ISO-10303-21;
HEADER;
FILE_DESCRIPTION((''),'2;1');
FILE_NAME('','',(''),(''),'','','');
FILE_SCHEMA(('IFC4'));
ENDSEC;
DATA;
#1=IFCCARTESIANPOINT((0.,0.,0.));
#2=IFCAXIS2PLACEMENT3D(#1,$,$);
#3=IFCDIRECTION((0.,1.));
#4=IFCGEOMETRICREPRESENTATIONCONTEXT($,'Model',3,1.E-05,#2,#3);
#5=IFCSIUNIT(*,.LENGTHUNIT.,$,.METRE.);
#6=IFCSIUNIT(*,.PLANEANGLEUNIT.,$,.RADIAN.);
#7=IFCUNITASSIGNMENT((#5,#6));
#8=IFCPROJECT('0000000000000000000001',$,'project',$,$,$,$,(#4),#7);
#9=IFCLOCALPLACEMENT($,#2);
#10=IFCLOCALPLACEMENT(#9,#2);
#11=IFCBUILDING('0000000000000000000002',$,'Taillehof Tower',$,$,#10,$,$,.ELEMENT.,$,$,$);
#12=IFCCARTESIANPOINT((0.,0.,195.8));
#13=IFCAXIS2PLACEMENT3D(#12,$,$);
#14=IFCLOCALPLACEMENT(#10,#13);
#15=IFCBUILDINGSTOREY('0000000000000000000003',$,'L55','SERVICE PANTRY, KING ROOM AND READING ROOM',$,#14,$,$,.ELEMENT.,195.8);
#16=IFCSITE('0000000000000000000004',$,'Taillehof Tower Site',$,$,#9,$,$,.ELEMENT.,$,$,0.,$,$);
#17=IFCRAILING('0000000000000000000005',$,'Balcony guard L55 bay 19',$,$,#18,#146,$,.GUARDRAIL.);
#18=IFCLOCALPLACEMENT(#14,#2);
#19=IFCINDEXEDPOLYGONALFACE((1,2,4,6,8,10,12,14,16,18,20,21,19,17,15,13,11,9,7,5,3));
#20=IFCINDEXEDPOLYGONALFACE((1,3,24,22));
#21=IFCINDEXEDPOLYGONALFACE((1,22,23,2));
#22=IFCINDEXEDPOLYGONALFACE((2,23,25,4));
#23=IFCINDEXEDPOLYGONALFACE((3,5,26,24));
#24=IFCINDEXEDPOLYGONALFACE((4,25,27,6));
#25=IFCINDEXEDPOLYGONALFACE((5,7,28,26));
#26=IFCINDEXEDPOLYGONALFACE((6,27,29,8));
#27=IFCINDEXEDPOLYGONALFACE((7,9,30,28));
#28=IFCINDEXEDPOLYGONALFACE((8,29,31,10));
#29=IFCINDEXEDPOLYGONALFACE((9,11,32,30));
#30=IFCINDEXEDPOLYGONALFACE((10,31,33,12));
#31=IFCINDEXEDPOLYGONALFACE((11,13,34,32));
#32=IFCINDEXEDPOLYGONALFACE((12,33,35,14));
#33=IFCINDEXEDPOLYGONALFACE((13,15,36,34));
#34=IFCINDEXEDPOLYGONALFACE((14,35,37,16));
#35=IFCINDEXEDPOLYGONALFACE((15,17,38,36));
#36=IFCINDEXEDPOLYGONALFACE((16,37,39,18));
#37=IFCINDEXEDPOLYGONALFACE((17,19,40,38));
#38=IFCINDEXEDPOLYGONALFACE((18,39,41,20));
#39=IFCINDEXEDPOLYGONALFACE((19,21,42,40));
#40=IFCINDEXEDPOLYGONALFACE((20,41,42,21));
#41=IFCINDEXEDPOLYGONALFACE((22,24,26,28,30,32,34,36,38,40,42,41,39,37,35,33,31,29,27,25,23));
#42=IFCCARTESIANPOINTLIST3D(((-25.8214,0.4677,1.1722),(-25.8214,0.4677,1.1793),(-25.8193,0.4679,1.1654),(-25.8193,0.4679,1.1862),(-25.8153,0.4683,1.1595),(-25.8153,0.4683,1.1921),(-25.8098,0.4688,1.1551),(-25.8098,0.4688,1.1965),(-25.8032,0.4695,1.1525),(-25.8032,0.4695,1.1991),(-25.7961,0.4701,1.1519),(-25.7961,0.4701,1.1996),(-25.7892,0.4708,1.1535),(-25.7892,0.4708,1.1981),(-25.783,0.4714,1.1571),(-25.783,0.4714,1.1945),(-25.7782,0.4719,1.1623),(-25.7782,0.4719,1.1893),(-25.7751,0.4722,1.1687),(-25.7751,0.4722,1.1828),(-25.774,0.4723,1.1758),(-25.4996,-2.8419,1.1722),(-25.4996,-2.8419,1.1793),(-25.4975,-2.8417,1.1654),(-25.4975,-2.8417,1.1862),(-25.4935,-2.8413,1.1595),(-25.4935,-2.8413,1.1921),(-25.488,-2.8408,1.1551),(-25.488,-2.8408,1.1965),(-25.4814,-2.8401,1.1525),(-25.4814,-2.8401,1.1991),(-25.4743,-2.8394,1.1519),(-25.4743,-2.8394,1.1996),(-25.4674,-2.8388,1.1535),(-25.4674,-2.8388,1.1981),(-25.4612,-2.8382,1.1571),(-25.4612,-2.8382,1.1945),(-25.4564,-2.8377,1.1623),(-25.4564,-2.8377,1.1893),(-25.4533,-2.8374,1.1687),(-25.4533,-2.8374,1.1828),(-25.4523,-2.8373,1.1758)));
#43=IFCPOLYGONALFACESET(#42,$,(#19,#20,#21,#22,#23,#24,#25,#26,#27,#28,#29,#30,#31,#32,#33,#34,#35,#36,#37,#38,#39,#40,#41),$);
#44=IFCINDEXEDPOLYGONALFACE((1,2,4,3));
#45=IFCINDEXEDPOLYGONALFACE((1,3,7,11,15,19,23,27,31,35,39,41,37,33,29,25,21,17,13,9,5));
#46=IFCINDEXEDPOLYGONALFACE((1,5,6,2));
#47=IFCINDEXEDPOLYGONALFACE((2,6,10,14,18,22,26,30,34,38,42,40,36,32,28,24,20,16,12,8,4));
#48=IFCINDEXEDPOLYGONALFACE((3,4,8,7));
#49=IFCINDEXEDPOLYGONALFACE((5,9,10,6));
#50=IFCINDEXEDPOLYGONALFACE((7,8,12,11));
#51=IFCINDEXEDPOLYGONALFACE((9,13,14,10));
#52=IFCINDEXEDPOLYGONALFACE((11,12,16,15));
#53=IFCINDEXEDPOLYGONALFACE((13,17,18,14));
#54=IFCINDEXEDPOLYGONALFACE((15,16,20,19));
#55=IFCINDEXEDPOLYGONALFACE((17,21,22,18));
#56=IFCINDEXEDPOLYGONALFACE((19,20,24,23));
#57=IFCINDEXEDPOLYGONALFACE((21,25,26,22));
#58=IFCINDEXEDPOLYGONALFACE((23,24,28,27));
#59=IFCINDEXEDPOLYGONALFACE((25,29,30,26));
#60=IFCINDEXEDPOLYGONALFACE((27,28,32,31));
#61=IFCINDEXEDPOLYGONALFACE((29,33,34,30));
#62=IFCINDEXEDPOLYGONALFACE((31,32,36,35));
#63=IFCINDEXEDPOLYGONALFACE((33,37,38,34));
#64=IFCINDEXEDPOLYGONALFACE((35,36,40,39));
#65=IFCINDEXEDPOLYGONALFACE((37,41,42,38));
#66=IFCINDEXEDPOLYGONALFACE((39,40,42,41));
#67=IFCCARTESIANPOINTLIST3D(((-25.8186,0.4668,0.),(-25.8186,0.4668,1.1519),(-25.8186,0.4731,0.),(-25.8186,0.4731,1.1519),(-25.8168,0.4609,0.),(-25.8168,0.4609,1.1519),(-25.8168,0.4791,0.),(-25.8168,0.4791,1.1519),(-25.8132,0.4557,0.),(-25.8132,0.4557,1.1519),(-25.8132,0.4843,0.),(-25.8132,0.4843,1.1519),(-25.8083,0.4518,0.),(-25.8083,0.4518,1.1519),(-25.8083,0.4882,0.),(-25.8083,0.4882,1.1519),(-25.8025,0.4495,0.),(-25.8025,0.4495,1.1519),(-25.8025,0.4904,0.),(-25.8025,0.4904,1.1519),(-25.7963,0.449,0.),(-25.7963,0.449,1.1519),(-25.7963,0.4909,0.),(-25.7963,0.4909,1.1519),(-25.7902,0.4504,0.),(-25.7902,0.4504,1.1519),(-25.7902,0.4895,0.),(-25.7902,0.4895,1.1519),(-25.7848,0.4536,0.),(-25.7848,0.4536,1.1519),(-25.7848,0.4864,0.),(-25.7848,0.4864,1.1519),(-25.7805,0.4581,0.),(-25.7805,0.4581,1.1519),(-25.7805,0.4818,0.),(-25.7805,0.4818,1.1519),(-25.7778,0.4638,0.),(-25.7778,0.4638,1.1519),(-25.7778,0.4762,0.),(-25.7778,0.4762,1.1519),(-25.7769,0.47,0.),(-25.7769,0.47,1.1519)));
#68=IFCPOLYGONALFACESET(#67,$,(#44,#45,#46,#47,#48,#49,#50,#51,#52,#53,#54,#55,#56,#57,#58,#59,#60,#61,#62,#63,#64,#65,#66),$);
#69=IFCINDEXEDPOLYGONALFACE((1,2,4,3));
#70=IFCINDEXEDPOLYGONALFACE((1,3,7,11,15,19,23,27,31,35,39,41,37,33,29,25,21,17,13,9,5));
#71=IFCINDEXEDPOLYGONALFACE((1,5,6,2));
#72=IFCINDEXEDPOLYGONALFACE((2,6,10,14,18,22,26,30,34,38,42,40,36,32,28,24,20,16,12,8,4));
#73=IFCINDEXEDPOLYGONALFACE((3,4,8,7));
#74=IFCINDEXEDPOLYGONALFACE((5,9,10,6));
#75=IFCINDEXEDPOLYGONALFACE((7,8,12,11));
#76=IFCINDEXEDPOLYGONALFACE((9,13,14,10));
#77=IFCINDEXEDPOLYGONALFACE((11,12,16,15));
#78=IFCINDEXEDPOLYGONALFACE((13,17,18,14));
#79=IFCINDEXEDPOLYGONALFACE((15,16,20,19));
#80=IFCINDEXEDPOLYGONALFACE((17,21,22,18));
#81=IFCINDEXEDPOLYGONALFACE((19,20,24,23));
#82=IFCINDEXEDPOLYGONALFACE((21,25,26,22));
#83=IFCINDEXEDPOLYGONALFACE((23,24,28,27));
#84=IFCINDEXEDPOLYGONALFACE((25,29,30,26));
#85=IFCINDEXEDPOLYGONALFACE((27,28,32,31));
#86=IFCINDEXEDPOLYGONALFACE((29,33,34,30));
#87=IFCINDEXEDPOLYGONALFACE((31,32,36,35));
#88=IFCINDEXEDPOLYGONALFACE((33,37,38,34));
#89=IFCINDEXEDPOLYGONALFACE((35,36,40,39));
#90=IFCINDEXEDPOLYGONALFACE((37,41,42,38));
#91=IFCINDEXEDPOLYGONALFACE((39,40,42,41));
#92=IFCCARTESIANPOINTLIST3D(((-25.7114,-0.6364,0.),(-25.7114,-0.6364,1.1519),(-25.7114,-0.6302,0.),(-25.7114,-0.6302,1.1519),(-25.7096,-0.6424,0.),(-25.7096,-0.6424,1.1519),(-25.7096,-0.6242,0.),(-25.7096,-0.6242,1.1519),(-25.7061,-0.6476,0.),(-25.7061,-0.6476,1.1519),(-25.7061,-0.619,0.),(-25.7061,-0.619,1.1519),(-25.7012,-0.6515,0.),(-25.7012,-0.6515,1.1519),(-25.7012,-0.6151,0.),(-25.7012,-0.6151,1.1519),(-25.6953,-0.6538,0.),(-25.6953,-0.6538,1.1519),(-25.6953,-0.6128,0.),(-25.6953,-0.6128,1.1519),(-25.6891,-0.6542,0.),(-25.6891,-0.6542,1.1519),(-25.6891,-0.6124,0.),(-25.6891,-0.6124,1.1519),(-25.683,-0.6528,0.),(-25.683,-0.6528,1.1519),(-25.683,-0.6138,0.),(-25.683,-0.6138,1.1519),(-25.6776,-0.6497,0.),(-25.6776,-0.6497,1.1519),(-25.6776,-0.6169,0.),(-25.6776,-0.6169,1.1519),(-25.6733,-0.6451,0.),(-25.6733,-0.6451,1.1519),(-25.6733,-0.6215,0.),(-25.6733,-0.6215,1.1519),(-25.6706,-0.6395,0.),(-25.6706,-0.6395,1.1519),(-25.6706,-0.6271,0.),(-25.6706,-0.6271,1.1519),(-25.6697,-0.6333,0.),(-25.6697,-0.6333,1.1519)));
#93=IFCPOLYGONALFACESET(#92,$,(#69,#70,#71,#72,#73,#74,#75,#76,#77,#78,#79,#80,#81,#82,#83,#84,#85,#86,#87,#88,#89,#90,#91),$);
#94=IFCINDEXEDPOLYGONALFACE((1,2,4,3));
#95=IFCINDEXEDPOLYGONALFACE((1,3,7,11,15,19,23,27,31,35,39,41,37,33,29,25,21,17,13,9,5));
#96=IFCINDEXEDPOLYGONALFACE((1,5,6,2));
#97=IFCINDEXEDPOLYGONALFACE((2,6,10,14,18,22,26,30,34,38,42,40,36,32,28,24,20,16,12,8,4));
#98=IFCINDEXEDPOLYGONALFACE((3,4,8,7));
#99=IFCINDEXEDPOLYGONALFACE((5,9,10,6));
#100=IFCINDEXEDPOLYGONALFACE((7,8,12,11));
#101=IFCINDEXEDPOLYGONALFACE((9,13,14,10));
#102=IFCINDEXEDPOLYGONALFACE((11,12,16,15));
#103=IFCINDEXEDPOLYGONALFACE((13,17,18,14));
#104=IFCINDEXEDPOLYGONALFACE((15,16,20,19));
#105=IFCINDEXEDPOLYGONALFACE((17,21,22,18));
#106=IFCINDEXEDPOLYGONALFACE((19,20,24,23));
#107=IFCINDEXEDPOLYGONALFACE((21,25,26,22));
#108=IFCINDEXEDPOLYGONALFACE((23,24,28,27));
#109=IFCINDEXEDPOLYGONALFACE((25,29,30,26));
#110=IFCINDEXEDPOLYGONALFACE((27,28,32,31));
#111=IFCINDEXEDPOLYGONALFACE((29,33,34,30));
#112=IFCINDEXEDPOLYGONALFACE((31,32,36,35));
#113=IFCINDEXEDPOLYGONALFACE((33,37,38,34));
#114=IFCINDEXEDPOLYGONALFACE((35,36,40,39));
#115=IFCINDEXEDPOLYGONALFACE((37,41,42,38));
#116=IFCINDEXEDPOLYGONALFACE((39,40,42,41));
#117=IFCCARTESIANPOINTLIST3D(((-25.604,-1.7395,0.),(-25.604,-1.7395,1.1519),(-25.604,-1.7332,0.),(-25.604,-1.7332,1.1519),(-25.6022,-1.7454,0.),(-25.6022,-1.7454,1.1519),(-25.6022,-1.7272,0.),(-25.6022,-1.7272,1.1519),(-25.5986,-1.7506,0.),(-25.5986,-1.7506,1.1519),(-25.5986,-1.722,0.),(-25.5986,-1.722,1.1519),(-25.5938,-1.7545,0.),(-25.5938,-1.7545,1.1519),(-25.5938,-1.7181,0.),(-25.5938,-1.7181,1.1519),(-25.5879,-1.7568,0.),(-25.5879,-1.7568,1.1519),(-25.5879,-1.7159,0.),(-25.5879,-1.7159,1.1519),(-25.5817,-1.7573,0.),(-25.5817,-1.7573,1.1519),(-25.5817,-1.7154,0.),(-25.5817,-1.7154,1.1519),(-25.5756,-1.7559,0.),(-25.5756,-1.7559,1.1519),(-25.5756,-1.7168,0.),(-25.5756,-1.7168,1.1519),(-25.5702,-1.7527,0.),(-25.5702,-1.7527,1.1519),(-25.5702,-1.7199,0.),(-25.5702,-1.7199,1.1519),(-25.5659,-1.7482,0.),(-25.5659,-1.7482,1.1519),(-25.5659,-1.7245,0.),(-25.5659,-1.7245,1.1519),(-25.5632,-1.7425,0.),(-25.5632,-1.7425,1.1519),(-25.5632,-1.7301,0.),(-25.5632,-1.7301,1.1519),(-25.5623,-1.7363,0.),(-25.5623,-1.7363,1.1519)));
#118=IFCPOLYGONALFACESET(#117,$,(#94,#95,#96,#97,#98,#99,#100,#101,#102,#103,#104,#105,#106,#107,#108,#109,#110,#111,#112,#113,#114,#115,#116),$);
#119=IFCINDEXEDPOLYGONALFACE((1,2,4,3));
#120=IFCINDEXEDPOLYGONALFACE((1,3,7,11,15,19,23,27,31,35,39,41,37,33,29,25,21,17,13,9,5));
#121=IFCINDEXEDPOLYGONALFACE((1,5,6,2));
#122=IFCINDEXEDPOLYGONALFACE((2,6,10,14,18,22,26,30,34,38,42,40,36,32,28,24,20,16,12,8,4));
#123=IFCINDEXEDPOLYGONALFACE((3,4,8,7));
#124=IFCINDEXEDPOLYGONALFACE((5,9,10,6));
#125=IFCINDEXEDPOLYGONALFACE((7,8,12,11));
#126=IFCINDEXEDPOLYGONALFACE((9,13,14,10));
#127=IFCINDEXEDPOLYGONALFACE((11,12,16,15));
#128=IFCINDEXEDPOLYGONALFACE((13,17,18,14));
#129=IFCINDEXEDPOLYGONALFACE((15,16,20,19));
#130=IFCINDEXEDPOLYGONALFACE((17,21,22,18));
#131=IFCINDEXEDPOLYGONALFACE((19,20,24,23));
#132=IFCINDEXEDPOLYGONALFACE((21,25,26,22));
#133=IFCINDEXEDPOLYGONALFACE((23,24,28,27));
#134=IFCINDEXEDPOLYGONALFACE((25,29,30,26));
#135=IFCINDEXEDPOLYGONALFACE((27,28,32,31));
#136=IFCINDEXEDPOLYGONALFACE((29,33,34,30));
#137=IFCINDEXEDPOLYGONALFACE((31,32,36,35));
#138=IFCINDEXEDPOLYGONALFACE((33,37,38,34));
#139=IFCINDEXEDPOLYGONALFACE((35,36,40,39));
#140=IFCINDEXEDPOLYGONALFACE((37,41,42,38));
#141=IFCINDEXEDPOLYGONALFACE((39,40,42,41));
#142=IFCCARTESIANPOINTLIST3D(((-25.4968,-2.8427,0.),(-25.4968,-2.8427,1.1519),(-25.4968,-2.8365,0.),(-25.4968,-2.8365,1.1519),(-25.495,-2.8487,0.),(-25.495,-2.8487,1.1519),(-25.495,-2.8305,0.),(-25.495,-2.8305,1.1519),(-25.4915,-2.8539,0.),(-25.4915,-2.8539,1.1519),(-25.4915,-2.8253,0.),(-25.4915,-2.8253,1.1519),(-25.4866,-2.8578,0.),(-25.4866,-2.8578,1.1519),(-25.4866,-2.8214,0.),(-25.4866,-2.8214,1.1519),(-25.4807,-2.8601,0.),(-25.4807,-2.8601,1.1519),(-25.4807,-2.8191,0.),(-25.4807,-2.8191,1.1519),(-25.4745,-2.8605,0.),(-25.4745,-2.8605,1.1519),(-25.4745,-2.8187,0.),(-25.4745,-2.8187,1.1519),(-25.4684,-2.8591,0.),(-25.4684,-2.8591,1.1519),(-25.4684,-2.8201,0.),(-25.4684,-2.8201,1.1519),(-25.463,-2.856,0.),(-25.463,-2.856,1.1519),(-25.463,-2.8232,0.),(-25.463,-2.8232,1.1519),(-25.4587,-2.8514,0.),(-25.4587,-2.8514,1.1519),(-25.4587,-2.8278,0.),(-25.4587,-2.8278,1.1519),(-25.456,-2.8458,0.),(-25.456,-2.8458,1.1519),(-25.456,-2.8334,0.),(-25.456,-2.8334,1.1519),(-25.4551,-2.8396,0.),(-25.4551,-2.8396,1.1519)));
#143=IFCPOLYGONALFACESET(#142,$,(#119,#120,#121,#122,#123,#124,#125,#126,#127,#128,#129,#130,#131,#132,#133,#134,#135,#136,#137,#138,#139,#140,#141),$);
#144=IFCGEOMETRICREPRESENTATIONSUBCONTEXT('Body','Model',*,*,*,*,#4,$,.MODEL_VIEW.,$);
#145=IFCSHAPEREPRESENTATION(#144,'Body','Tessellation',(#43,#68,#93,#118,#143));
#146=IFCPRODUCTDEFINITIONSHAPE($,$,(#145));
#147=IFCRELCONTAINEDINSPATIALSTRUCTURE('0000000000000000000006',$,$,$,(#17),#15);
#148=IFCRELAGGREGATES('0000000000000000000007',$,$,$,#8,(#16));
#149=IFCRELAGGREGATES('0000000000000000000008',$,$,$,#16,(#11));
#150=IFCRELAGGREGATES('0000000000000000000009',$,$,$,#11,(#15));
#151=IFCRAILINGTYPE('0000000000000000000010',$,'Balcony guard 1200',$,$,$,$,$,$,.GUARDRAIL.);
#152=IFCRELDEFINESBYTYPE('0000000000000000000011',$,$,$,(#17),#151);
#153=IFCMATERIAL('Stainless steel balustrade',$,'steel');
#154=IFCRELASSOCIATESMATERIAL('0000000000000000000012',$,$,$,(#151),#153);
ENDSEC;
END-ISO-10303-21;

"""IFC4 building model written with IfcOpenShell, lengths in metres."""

from ifc_helpers import new_model, si_unit, direction, frame, origin, origin_2d, place, context, subcontext, project, spatial, circle, extrude, material, type_object, element, save


model = new_model("IFC4")

# Units and contexts
model_context = context("Model", 3, precision=1e-05, world=origin(), true_north=direction((0.0, 1.0)))
body_context = subcontext(model_context, "Body", "Model", "MODEL_VIEW")
ifc_project = project(units=[si_unit("LENGTHUNIT", "METRE"), si_unit("PLANEANGLEUNIT", "RADIAN")], contexts=[model_context])

# Site, building, storey
site_placement = place(None, origin())
site = spatial("IfcSite", under=ifc_project, at=site_placement, Name="Taillehof Tower Site", CompositionType="ELEMENT", RefElevation=0.0)
building_placement = place(site_placement, origin())
building = spatial("IfcBuilding", under=site, at=building_placement, Name="Taillehof Tower", CompositionType="ELEMENT")
storey_placement = place(building_placement, frame((0.0, 0.0, 195.8)))
storey = spatial("IfcBuildingStorey", under=building, at=storey_placement, Name="L55", Description="SERVICE PANTRY, KING ROOM AND READING ROOM", CompositionType="ELEMENT", Elevation=195.8)

# Railing
ifc_material_1 = material(Name="Stainless steel balustrade", Category="steel")
railing_type = type_object("IfcRailingType", Name="Balcony guard 1200", PredefinedType="GUARDRAIL", material=ifc_material_1)
railing_1_placement = place(storey_placement, frame((-25.7979, 0.47, 0.0)))
element("IfcRailing", 1, at=railing_1_placement, inside=storey, type_object=railing_type, Name="Balcony guard L55 bay 19", PredefinedType="GUARDRAIL", context=body_context, shape_type="SweptSolid", body=[
    extrude(circle(Radius=0.0239, at=origin_2d()), frame((0.0, 0.0, 1.1758), z_axis=(0.09677, -0.995307, 0.0), x_axis=(0.995307, 0.09677, 0.0)), (0.0, 0.0, 1.0), 3.3252),
    extrude(circle(Radius=0.021, at=origin_2d()), origin(), (0.0, 0.0, 1.0), 1.1519),
    extrude(circle(Radius=0.021, at=origin_2d()), frame((0.1072, -1.1033, 0.0)), (0.0, 0.0, 1.0), 1.1519),
    extrude(circle(Radius=0.021, at=origin_2d()), frame((0.2146, -2.2063, 0.0)), (0.0, 0.0, 1.0), 1.1519),
    extrude(circle(Radius=0.021, at=origin_2d()), frame((0.3218, -3.3096, 0.0)), (0.0, 0.0, 1.0), 1.1519),
])

save(model, "model.ifc")
